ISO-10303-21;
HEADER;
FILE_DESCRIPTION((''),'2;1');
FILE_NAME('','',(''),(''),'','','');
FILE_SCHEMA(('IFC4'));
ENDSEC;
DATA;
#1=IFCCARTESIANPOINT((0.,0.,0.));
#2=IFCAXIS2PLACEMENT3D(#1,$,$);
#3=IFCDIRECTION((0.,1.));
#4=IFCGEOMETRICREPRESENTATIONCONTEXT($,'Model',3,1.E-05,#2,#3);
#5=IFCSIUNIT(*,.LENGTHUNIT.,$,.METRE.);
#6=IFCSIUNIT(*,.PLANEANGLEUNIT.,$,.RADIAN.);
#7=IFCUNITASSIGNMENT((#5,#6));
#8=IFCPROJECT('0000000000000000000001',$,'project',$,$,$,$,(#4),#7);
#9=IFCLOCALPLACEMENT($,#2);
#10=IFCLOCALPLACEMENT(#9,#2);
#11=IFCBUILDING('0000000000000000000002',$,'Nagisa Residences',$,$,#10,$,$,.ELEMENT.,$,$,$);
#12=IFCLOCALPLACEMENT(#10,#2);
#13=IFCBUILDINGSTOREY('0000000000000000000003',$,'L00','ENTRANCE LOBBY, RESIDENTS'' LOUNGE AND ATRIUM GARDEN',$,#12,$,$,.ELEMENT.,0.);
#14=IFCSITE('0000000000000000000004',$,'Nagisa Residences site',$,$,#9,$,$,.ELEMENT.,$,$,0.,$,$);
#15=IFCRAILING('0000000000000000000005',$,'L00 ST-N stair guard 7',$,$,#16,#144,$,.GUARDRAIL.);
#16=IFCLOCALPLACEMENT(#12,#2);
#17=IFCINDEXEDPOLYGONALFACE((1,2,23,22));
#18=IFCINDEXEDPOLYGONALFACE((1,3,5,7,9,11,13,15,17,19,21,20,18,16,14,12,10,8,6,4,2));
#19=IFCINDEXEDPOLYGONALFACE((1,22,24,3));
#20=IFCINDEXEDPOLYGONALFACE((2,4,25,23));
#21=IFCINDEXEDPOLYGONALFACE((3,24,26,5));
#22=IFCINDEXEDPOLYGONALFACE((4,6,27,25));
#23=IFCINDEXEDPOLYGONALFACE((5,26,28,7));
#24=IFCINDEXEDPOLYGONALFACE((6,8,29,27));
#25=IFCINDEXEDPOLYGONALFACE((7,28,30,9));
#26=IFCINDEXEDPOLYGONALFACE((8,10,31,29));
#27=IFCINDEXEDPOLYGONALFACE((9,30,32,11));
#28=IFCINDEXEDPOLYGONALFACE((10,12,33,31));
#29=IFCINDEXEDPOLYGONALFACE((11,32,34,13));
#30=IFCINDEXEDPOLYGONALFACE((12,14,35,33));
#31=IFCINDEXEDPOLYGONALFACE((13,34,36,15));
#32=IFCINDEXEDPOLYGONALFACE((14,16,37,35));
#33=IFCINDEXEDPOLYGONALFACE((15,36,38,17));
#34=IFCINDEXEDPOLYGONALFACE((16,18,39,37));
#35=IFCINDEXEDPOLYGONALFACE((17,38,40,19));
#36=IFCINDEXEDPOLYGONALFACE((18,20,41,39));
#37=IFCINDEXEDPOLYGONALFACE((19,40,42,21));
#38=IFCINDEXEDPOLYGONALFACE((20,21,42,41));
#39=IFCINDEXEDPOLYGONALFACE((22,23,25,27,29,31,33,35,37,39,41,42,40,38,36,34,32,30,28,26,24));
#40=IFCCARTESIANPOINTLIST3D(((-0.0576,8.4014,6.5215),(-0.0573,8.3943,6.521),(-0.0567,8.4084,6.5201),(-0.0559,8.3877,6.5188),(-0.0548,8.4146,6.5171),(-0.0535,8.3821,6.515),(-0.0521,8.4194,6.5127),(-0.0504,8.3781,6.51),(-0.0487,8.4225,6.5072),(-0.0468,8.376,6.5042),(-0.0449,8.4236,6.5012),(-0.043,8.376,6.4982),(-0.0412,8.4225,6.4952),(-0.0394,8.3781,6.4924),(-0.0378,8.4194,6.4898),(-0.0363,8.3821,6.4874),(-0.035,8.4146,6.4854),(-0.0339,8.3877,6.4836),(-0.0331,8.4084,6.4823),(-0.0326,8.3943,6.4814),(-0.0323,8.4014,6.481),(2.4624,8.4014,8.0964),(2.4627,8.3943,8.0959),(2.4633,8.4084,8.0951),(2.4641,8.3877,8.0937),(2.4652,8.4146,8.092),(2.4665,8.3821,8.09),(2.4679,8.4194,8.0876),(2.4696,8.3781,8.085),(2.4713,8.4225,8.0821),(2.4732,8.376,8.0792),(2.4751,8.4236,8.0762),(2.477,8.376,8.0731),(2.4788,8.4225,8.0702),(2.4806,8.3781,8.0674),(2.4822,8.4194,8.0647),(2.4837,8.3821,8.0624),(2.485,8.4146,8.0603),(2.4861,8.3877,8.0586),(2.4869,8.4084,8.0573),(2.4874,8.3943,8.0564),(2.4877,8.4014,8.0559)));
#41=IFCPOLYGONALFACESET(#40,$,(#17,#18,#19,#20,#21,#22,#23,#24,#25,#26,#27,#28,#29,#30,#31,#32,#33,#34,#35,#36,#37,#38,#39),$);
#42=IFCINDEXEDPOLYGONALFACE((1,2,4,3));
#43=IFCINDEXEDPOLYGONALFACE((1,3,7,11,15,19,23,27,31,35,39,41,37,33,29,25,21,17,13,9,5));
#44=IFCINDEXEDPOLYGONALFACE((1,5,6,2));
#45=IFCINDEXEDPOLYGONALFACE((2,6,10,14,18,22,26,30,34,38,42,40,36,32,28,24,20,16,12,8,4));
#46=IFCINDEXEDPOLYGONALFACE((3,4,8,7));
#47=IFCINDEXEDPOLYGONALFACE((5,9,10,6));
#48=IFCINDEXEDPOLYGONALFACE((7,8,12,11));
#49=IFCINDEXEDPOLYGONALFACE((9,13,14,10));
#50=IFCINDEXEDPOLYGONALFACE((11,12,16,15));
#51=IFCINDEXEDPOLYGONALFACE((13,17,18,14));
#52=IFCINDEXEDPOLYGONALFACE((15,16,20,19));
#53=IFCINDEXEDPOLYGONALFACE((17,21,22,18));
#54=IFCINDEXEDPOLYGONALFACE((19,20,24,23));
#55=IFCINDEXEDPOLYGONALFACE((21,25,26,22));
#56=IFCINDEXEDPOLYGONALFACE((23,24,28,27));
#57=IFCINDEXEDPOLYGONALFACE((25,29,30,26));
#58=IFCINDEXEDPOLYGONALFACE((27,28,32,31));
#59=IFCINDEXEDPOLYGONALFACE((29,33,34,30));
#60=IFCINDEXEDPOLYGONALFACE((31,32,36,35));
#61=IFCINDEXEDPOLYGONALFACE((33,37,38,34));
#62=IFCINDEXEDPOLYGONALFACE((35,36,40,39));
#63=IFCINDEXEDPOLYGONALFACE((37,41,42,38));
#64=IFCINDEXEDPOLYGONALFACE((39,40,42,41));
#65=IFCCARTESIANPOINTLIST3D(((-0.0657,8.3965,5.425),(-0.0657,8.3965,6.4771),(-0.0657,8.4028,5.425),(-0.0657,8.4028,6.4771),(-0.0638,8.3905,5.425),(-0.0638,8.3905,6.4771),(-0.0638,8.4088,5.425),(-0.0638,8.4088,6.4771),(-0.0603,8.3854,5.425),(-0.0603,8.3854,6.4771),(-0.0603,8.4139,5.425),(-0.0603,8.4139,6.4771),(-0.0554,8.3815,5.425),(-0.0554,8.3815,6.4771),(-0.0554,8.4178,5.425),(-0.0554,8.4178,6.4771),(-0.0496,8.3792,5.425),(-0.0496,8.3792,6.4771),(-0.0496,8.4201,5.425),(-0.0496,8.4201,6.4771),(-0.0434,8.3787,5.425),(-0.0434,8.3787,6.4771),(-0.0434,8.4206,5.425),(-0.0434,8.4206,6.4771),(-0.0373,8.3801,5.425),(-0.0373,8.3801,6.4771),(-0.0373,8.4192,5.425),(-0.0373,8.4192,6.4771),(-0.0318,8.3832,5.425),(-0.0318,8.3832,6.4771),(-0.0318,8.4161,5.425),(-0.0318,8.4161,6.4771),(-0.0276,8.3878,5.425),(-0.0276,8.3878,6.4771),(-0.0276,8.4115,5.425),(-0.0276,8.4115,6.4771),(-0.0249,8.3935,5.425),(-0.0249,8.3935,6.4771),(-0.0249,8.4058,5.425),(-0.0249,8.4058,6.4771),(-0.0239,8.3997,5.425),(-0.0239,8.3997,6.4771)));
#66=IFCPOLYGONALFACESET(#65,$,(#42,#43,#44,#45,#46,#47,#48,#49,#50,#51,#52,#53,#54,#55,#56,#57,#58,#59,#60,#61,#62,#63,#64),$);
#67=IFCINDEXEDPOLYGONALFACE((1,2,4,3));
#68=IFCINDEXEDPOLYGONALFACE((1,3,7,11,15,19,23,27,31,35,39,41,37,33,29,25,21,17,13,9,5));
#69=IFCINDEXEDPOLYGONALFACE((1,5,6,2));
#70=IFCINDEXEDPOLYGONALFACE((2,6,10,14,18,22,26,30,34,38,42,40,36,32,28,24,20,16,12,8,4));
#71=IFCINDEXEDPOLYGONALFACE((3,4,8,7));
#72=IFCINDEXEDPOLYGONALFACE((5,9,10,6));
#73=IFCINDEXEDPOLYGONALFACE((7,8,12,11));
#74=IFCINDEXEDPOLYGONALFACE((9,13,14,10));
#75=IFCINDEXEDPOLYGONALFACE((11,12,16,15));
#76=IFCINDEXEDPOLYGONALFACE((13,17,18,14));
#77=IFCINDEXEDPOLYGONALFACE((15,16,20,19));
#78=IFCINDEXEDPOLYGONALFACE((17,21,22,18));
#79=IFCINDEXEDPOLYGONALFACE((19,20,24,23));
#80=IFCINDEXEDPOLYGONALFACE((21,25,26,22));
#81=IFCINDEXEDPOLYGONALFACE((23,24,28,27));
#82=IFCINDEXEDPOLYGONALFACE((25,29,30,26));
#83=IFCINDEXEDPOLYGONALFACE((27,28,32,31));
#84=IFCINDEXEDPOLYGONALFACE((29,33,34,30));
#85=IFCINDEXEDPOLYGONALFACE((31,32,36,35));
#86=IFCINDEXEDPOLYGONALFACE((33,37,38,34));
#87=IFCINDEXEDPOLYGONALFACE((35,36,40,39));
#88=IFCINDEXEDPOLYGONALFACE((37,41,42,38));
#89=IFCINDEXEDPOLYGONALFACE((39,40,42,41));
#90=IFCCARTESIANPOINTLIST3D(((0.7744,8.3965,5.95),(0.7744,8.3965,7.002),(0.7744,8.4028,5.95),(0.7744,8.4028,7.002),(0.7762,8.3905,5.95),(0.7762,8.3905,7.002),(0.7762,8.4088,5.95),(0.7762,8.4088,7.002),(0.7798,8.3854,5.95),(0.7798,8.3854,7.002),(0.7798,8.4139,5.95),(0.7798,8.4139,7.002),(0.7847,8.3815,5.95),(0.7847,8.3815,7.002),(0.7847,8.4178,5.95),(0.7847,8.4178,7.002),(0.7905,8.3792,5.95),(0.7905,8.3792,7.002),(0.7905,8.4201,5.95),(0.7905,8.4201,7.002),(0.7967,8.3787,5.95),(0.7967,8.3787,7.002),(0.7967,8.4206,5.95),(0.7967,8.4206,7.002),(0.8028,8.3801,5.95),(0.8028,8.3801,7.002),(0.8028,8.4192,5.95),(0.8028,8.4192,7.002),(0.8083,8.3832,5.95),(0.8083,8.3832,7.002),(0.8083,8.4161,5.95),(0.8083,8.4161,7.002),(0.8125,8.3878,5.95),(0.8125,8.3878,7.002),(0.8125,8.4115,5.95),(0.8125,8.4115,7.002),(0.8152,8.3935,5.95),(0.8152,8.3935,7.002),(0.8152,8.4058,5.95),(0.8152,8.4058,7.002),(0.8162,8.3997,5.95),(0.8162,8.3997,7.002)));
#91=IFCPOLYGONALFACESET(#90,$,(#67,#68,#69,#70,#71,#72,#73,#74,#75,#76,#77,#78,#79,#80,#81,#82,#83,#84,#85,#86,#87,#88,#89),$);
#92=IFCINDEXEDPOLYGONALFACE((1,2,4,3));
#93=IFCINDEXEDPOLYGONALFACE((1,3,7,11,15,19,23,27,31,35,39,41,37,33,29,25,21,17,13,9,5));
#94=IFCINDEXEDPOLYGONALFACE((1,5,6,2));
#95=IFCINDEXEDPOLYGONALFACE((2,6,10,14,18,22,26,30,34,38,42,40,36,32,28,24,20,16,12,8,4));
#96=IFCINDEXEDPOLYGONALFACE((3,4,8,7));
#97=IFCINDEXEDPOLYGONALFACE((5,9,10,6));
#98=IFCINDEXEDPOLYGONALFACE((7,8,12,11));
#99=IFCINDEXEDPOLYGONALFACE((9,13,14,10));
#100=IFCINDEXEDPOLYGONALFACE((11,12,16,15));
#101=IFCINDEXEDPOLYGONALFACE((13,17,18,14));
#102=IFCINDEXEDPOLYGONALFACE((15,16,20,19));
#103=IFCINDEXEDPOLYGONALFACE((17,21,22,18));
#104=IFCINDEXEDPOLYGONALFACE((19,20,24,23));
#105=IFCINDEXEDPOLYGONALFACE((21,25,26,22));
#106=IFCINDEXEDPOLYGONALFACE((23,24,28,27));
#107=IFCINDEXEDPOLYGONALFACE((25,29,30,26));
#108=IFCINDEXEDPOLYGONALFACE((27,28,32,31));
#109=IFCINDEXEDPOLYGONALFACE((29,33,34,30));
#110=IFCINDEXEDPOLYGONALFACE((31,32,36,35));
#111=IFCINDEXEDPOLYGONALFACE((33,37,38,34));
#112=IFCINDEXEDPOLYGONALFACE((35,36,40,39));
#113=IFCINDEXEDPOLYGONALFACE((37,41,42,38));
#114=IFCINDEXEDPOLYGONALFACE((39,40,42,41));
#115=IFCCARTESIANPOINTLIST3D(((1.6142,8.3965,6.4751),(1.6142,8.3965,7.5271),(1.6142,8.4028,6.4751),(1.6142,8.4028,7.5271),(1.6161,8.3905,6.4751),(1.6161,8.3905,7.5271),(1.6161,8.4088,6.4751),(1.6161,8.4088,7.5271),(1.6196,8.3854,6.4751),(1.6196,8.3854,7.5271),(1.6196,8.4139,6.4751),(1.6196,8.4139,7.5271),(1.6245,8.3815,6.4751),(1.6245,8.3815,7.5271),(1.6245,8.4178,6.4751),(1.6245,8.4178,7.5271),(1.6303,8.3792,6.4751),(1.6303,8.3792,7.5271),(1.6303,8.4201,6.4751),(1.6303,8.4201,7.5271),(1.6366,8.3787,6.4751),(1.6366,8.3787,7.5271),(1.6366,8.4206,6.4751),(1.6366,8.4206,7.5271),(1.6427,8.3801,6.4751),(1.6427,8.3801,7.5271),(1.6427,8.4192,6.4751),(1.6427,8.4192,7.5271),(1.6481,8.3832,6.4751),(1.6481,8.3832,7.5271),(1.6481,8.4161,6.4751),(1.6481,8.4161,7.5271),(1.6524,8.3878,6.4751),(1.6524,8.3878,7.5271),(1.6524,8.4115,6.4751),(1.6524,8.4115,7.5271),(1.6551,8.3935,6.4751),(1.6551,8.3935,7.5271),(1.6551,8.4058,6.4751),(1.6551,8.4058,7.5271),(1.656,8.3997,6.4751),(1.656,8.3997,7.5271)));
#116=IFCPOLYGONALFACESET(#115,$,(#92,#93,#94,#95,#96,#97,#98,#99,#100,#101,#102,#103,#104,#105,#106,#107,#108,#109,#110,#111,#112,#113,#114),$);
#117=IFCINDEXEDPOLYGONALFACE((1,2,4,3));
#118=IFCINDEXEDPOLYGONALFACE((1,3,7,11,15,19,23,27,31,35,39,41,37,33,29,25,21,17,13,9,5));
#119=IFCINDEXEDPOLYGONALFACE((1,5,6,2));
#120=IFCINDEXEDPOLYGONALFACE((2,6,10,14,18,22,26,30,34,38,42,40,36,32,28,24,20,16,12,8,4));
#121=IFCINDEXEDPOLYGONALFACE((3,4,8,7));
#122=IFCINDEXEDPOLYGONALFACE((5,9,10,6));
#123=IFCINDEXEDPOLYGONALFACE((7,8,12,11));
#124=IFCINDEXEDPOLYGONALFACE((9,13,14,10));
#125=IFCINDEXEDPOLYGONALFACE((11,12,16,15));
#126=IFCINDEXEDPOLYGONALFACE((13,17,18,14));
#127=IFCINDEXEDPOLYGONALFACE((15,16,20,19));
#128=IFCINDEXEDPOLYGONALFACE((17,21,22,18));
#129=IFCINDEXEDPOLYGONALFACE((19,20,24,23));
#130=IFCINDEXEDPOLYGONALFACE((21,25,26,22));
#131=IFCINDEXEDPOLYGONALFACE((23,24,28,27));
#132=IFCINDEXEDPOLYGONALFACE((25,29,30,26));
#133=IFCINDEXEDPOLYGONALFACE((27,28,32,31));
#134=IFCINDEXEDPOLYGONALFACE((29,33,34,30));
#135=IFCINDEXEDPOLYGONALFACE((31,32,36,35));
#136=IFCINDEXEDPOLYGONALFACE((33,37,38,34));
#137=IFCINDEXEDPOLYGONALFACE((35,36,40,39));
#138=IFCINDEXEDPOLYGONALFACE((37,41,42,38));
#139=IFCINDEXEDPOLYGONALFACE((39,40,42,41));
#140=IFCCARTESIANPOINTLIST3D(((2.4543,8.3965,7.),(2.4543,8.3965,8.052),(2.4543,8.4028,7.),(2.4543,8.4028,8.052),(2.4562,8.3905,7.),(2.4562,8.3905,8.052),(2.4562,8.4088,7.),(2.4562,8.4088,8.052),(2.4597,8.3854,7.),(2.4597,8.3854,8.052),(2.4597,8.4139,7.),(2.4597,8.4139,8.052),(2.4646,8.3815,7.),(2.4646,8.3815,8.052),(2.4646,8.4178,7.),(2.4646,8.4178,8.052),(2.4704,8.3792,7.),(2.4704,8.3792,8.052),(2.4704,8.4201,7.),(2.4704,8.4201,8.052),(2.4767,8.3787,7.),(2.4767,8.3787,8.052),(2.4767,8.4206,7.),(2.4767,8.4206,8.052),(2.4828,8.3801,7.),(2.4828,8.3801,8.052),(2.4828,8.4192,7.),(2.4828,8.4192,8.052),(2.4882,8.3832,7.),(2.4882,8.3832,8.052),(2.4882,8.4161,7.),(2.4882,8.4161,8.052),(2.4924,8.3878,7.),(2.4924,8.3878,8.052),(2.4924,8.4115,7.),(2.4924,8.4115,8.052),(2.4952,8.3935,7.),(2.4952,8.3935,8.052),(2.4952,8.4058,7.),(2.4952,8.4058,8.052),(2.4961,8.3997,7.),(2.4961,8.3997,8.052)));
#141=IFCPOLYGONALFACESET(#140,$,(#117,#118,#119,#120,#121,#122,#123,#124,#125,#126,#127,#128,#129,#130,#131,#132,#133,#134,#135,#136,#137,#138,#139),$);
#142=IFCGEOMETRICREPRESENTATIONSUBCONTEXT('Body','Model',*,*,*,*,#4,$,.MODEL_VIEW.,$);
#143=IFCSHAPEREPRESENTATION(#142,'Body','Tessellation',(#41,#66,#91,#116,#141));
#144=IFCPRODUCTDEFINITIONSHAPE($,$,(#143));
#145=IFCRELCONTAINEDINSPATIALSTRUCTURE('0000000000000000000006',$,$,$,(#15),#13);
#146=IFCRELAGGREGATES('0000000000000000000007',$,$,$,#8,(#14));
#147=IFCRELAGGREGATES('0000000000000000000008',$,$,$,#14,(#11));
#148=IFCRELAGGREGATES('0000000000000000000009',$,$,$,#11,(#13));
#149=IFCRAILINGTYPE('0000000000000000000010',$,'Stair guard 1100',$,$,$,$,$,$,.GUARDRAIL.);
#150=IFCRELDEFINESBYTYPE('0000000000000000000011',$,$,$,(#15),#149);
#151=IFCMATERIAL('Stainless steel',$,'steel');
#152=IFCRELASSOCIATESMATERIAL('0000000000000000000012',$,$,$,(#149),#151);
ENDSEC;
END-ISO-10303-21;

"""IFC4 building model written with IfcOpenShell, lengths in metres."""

from ifc_helpers import new_model, si_unit, direction, frame, origin, origin_2d, place, context, subcontext, project, spatial, circle, extrude, material, type_object, element, save


model = new_model("IFC4")

# Units and contexts
model_context = context("Model", 3, precision=1e-05, world=origin(), true_north=direction((0.0, 1.0)))
body_context = subcontext(model_context, "Body", "Model", "MODEL_VIEW")
ifc_project = project(units=[si_unit("LENGTHUNIT", "METRE"), si_unit("PLANEANGLEUNIT", "RADIAN")], contexts=[model_context])

# Site, building, storey
site_placement = place(None, origin())
site = spatial("IfcSite", under=ifc_project, at=site_placement, Name="Nagisa Residences site", CompositionType="ELEMENT", RefElevation=0.0)
building_placement = place(site_placement, origin())
building = spatial("IfcBuilding", under=site, at=building_placement, Name="Nagisa Residences", CompositionType="ELEMENT")
storey_placement = place(building_placement, origin())
storey = spatial("IfcBuildingStorey", under=building, at=storey_placement, Name="L00", Description="ENTRANCE LOBBY, RESIDENTS' LOUNGE AND ATRIUM GARDEN", CompositionType="ELEMENT", Elevation=0.0)

# Railing
ifc_material_1 = material(Name="Stainless steel", Category="steel")
railing_type_1 = type_object("IfcRailingType", Name="Stair guard 1100", PredefinedType="GUARDRAIL", material=ifc_material_1)
railing_1_placement = place(storey_placement, frame((-0.0449, 8.3997, 5.425)))
element("IfcRailing", 1, at=railing_1_placement, inside=storey, type_object=railing_type_1, Name="L00 ST-N stair guard 7", PredefinedType="GUARDRAIL", context=body_context, shape_type="SweptSolid", body=[
    extrude(circle(Radius=0.0239, at=origin_2d()), frame((0.0, 0.0, 1.0762), z_axis=(0.848008, 0.0, 0.529984), x_axis=(0.0, 1.0, 0.0)), (0.0, 0.0, 1.0), 2.9717),
    extrude(circle(Radius=0.021, at=origin_2d()), origin(), (0.0, 0.0, 1.0), 1.052),
    extrude(circle(Radius=0.021, at=origin_2d()), frame((0.8401, 0.0, 0.5249)), (0.0, 0.0, 1.0), 1.052),
    extrude(circle(Radius=0.021, at=origin_2d()), frame((1.6799, 0.0, 1.05)), (0.0, 0.0, 1.0), 1.052),
    extrude(circle(Radius=0.021, at=origin_2d()), frame((2.52, 0.0, 1.575)), (0.0, 0.0, 1.0), 1.052),
])

save(model, "model.ifc")
